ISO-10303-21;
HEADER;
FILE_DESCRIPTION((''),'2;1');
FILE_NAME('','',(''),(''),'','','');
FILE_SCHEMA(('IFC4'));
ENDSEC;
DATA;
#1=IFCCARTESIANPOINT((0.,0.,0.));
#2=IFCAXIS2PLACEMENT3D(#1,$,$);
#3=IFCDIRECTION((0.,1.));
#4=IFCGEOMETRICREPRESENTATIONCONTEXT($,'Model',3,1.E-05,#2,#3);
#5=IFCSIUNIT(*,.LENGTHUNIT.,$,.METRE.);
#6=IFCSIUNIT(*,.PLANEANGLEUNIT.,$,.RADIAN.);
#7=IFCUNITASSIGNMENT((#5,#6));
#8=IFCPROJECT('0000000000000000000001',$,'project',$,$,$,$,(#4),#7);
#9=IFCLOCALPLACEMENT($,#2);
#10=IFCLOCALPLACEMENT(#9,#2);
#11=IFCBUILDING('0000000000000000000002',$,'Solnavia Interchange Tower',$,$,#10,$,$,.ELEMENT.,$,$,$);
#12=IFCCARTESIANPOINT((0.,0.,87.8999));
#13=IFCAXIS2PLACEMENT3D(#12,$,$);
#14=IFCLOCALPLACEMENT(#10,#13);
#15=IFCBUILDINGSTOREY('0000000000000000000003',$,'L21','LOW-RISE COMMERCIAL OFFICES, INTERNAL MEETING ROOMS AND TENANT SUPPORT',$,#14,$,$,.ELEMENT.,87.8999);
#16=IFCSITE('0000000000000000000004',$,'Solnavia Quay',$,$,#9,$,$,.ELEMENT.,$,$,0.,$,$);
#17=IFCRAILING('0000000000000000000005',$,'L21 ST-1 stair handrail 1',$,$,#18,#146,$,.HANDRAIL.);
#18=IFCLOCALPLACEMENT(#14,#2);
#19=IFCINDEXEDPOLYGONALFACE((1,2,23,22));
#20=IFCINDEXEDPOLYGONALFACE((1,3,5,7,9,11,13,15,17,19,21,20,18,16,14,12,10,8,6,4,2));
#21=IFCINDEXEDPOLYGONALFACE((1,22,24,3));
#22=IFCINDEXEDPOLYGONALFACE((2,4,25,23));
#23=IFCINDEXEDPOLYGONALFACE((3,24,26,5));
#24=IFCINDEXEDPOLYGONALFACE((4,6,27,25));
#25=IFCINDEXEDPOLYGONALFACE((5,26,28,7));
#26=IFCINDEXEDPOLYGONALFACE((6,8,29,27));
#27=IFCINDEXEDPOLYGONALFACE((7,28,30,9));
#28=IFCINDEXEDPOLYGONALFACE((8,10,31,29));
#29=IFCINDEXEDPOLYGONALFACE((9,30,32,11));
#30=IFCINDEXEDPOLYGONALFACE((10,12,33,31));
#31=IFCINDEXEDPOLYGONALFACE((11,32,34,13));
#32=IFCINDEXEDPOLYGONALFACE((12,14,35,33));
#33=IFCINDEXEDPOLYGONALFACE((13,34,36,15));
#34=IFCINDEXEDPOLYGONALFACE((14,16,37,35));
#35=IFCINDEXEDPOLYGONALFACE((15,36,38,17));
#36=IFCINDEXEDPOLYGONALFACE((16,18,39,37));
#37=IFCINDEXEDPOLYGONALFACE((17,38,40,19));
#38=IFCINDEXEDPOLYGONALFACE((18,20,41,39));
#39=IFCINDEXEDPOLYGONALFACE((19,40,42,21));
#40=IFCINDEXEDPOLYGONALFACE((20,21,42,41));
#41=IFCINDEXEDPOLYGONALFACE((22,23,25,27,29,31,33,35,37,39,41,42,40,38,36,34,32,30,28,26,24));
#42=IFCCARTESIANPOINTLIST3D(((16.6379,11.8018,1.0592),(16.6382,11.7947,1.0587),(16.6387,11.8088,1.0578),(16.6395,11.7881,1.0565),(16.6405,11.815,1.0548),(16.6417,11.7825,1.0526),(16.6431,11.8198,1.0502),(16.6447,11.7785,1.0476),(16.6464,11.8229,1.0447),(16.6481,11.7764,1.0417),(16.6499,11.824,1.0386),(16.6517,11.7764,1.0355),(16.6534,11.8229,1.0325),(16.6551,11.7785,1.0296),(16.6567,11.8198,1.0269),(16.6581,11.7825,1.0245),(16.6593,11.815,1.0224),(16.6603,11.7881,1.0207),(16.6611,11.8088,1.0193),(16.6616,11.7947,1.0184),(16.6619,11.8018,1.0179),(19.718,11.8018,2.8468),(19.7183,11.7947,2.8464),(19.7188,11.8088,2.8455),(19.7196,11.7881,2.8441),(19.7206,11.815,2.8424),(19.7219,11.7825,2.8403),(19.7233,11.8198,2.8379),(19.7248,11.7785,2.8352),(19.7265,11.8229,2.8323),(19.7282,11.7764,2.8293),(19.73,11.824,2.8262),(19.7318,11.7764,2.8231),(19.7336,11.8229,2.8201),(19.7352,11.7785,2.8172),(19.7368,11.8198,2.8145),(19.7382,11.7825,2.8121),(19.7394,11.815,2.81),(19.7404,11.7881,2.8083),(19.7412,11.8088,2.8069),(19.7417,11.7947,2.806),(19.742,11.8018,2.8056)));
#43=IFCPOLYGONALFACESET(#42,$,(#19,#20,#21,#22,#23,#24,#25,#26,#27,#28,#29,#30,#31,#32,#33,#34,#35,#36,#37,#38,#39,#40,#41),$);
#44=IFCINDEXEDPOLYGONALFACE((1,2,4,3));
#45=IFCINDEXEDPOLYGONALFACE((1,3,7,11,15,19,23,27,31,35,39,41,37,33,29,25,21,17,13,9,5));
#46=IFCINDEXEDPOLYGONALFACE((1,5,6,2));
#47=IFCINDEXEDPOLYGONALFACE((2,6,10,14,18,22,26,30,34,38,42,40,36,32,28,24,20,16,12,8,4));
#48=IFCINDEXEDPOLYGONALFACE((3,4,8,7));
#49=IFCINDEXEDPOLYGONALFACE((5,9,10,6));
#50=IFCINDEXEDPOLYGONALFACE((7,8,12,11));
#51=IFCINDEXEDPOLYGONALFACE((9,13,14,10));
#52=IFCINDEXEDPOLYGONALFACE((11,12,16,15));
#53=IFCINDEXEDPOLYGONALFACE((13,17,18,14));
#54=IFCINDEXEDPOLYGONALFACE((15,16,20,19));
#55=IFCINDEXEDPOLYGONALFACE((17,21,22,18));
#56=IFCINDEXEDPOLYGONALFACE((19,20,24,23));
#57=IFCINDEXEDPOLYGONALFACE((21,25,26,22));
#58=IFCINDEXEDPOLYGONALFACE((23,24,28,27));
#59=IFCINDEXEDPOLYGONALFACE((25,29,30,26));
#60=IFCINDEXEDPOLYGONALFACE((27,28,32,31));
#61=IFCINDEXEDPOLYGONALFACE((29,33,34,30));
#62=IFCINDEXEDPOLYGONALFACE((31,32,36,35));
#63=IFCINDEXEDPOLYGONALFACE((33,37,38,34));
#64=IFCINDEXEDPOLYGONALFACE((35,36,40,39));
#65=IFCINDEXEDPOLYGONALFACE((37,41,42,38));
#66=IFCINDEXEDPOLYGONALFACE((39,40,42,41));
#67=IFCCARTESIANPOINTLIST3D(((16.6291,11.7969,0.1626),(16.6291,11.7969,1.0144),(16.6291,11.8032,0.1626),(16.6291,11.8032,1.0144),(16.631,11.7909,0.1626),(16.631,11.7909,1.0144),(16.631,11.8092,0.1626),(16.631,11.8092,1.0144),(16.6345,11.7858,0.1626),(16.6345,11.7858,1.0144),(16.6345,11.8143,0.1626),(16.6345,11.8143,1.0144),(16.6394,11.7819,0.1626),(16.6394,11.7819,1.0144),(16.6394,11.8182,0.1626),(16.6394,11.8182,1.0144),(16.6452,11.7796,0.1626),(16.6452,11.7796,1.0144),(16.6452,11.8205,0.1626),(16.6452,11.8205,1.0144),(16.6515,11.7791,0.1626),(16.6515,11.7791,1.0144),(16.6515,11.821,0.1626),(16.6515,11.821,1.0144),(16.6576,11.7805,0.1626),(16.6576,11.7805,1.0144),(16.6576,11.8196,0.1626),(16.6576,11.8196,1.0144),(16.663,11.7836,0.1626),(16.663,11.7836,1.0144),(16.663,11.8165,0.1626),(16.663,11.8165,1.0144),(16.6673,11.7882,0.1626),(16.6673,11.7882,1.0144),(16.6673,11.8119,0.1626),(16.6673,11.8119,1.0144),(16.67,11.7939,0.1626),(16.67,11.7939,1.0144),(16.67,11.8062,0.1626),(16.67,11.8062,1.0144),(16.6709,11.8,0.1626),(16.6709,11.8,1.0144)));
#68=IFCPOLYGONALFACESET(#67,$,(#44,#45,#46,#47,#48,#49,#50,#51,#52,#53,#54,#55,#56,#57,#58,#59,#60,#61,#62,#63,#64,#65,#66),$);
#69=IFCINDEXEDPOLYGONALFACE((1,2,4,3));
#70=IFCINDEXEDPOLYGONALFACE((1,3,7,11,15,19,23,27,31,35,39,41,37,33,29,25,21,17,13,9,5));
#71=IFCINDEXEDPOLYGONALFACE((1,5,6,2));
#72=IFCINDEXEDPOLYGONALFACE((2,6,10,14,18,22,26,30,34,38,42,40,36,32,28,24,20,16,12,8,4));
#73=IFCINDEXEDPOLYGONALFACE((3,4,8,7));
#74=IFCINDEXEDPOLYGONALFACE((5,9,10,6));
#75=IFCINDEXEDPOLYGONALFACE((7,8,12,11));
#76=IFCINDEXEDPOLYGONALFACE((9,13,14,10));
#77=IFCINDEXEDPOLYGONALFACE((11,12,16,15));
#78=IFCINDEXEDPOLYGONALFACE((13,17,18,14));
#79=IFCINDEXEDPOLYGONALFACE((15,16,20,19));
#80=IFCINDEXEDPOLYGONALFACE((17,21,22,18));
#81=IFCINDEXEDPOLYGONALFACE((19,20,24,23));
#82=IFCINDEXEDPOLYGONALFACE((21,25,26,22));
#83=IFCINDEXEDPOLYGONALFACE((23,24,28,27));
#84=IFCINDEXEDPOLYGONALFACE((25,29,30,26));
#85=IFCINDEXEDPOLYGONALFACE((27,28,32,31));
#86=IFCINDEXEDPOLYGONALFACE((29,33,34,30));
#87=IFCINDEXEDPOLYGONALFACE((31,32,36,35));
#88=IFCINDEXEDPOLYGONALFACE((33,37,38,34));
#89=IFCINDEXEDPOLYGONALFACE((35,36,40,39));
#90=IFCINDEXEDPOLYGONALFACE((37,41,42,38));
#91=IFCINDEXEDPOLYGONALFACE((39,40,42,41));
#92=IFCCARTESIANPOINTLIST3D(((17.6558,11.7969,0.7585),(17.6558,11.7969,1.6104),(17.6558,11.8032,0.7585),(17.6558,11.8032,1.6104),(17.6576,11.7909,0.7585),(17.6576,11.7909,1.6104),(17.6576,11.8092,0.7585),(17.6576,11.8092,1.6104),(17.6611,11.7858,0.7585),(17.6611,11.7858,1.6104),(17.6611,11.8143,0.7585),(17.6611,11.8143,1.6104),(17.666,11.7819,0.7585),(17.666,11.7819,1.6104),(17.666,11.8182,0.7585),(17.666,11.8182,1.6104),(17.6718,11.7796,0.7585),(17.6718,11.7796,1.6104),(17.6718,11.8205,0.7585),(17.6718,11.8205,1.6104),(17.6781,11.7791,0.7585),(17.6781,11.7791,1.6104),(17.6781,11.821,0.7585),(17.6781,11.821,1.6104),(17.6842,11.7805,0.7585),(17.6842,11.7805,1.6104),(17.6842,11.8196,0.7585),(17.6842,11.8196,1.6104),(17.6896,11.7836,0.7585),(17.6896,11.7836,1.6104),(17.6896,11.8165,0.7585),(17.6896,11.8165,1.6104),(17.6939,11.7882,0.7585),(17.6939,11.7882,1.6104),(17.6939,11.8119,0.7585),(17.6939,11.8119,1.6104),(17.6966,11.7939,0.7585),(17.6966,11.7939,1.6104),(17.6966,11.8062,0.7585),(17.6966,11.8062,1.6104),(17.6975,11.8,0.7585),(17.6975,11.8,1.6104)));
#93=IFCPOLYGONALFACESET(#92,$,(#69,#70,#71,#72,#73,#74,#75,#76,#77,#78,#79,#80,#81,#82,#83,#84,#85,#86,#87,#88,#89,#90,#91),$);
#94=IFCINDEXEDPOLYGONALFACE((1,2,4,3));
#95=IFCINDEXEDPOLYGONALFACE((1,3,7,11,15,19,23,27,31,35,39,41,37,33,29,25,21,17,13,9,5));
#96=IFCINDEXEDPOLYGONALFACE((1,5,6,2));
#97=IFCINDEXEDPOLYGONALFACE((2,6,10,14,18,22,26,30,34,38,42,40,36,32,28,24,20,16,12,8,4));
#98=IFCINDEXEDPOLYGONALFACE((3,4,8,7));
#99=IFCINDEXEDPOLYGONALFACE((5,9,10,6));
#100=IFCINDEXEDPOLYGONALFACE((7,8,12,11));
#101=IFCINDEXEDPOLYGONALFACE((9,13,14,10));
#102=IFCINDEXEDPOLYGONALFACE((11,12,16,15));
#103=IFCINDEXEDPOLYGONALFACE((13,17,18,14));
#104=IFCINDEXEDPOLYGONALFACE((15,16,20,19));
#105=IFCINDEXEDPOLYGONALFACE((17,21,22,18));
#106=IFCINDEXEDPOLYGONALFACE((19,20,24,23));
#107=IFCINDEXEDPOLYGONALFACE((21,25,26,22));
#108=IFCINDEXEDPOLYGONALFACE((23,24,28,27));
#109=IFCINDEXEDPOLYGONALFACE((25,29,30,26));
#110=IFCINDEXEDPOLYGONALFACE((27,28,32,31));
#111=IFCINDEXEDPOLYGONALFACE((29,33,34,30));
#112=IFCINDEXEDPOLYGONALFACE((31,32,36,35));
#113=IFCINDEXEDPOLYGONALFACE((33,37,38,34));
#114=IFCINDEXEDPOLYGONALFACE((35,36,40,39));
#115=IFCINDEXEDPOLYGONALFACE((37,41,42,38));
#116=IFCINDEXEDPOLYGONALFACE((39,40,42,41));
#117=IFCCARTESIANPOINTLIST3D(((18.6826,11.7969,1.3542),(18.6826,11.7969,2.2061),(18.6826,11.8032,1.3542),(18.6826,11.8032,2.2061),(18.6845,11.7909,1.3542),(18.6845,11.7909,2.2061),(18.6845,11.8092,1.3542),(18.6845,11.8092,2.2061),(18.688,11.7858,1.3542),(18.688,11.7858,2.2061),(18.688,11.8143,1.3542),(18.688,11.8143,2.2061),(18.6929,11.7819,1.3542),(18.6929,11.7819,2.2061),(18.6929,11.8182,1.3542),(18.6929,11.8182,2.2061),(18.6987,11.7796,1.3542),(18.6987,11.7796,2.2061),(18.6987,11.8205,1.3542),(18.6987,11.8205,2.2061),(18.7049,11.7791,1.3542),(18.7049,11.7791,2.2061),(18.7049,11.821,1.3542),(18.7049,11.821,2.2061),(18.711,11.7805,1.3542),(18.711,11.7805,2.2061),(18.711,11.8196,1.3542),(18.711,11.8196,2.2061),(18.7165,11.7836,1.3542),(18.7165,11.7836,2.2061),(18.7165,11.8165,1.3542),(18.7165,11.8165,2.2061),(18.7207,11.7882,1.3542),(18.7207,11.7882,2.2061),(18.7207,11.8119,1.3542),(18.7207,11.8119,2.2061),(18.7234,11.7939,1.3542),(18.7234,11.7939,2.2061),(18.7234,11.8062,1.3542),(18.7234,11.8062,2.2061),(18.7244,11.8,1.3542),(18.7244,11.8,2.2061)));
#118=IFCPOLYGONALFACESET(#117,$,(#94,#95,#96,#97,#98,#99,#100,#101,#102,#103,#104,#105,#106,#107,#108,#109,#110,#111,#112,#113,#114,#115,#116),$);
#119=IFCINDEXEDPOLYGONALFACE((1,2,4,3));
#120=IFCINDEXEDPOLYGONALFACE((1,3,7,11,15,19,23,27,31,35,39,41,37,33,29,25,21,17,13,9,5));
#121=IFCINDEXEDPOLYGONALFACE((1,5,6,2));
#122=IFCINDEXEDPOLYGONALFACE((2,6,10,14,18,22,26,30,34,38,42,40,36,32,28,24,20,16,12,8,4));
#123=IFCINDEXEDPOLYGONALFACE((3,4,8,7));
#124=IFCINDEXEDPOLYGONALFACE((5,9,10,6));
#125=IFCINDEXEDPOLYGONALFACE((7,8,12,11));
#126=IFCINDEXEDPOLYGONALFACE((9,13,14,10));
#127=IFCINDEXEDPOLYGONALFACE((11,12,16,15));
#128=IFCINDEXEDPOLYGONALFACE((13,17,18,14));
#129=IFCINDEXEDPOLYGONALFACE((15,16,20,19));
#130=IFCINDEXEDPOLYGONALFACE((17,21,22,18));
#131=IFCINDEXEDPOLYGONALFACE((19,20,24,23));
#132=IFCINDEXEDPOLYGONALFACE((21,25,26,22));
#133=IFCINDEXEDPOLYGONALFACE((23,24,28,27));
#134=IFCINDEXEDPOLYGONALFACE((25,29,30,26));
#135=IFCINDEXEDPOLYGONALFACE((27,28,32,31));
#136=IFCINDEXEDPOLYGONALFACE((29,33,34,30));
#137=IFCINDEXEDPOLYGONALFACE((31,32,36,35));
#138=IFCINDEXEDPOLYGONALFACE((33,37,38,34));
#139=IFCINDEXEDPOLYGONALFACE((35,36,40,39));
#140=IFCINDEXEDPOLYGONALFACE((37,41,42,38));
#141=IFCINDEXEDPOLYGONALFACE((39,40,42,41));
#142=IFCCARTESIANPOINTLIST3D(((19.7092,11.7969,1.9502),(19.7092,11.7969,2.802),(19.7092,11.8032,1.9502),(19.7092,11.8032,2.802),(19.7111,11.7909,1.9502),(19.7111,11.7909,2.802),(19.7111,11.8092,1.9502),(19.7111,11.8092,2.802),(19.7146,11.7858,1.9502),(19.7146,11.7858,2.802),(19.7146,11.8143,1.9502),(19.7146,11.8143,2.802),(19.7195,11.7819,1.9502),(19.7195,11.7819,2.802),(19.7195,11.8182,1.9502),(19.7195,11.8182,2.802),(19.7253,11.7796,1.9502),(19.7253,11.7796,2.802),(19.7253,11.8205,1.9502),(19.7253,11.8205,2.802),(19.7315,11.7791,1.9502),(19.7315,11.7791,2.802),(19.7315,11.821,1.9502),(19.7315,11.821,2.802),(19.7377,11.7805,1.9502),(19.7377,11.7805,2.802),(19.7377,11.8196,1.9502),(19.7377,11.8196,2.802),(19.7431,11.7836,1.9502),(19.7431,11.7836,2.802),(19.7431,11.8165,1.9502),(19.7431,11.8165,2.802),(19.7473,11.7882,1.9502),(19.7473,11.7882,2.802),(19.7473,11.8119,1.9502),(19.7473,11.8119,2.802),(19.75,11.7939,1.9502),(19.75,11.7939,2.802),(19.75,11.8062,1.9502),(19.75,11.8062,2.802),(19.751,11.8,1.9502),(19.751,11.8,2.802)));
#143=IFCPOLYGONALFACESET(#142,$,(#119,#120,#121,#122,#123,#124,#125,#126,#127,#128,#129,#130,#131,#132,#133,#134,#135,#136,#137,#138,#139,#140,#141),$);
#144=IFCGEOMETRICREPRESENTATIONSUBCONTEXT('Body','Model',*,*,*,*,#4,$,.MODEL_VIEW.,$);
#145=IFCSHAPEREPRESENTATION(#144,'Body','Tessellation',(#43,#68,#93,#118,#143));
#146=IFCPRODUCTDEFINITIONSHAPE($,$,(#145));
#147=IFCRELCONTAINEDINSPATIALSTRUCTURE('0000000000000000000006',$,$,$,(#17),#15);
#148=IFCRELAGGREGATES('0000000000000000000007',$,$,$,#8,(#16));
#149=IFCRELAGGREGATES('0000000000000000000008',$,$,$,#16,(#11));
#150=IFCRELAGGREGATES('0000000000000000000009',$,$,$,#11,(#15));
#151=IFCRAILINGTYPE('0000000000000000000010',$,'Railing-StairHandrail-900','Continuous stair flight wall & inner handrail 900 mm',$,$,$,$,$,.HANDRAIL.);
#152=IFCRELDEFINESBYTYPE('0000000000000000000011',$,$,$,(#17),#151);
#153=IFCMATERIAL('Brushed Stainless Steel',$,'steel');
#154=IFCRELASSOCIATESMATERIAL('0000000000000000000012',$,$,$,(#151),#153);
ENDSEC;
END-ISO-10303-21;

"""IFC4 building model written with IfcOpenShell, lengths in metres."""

from ifc_helpers import new_model, si_unit, direction, frame, origin, origin_2d, place, context, subcontext, project, spatial, circle, extrude, material, type_object, element, save


model = new_model("IFC4")

# Units and contexts
model_context = context("Model", 3, precision=1e-05, world=origin(), true_north=direction((0.0, 1.0)))
body_context = subcontext(model_context, "Body", "Model", "MODEL_VIEW")
ifc_project = project(units=[si_unit("LENGTHUNIT", "METRE"), si_unit("PLANEANGLEUNIT", "RADIAN")], contexts=[model_context])

# Site, building, storey
site_placement = place(None, origin())
site = spatial("IfcSite", under=ifc_project, at=site_placement, Name="Solnavia Quay", CompositionType="ELEMENT", RefElevation=0.0)
building_placement = place(site_placement, origin())
building = spatial("IfcBuilding", under=site, at=building_placement, Name="Solnavia Interchange Tower", CompositionType="ELEMENT")
storey_placement = place(building_placement, frame((0.0, 0.0, 87.8999)))
storey = spatial("IfcBuildingStorey", under=building, at=storey_placement, Name="L21", Description="LOW-RISE COMMERCIAL OFFICES, INTERNAL MEETING ROOMS AND TENANT SUPPORT", CompositionType="ELEMENT", Elevation=87.8999)

# Railing
ifc_material_1 = material(Name="Brushed Stainless Steel", Category="steel")
railing_type_1 = type_object("IfcRailingType", Name="Railing-StairHandrail-900", Description="Continuous stair flight wall & inner handrail 900 mm", PredefinedType="HANDRAIL", material=ifc_material_1)
railing_1_placement = place(storey_placement, frame((16.6499, 11.8, 0.1626)))
element("IfcRailing", 1, at=railing_1_placement, inside=storey, type_object=railing_type_1, Name="L21 ST-1 stair handrail 1", PredefinedType="HANDRAIL", context=body_context, shape_type="SweptSolid", body=[
    extrude(circle(Radius=0.0239, at=origin_2d()), frame((0.0, 0.0, 0.876), z_axis=(0.864891, 0.0, 0.50196), x_axis=(0.0, 1.0, 0.0)), (0.0, 0.0, 1.0), 3.5613),
    extrude(circle(Radius=0.021, at=origin_2d()), origin(), (0.0, 0.0, 1.0), 0.8518),
    extrude(circle(Radius=0.021, at=origin_2d()), frame((1.0266, 0.0, 0.5959)), (0.0, 0.0, 1.0), 0.8518),
    extrude(circle(Radius=0.021, at=origin_2d()), frame((2.0535, 0.0, 1.1917)), (0.0, 0.0, 1.0), 0.8518),
    extrude(circle(Radius=0.021, at=origin_2d()), frame((3.0801, 0.0, 1.7876)), (0.0, 0.0, 1.0), 0.8518),
])

save(model, "model.ifc")
